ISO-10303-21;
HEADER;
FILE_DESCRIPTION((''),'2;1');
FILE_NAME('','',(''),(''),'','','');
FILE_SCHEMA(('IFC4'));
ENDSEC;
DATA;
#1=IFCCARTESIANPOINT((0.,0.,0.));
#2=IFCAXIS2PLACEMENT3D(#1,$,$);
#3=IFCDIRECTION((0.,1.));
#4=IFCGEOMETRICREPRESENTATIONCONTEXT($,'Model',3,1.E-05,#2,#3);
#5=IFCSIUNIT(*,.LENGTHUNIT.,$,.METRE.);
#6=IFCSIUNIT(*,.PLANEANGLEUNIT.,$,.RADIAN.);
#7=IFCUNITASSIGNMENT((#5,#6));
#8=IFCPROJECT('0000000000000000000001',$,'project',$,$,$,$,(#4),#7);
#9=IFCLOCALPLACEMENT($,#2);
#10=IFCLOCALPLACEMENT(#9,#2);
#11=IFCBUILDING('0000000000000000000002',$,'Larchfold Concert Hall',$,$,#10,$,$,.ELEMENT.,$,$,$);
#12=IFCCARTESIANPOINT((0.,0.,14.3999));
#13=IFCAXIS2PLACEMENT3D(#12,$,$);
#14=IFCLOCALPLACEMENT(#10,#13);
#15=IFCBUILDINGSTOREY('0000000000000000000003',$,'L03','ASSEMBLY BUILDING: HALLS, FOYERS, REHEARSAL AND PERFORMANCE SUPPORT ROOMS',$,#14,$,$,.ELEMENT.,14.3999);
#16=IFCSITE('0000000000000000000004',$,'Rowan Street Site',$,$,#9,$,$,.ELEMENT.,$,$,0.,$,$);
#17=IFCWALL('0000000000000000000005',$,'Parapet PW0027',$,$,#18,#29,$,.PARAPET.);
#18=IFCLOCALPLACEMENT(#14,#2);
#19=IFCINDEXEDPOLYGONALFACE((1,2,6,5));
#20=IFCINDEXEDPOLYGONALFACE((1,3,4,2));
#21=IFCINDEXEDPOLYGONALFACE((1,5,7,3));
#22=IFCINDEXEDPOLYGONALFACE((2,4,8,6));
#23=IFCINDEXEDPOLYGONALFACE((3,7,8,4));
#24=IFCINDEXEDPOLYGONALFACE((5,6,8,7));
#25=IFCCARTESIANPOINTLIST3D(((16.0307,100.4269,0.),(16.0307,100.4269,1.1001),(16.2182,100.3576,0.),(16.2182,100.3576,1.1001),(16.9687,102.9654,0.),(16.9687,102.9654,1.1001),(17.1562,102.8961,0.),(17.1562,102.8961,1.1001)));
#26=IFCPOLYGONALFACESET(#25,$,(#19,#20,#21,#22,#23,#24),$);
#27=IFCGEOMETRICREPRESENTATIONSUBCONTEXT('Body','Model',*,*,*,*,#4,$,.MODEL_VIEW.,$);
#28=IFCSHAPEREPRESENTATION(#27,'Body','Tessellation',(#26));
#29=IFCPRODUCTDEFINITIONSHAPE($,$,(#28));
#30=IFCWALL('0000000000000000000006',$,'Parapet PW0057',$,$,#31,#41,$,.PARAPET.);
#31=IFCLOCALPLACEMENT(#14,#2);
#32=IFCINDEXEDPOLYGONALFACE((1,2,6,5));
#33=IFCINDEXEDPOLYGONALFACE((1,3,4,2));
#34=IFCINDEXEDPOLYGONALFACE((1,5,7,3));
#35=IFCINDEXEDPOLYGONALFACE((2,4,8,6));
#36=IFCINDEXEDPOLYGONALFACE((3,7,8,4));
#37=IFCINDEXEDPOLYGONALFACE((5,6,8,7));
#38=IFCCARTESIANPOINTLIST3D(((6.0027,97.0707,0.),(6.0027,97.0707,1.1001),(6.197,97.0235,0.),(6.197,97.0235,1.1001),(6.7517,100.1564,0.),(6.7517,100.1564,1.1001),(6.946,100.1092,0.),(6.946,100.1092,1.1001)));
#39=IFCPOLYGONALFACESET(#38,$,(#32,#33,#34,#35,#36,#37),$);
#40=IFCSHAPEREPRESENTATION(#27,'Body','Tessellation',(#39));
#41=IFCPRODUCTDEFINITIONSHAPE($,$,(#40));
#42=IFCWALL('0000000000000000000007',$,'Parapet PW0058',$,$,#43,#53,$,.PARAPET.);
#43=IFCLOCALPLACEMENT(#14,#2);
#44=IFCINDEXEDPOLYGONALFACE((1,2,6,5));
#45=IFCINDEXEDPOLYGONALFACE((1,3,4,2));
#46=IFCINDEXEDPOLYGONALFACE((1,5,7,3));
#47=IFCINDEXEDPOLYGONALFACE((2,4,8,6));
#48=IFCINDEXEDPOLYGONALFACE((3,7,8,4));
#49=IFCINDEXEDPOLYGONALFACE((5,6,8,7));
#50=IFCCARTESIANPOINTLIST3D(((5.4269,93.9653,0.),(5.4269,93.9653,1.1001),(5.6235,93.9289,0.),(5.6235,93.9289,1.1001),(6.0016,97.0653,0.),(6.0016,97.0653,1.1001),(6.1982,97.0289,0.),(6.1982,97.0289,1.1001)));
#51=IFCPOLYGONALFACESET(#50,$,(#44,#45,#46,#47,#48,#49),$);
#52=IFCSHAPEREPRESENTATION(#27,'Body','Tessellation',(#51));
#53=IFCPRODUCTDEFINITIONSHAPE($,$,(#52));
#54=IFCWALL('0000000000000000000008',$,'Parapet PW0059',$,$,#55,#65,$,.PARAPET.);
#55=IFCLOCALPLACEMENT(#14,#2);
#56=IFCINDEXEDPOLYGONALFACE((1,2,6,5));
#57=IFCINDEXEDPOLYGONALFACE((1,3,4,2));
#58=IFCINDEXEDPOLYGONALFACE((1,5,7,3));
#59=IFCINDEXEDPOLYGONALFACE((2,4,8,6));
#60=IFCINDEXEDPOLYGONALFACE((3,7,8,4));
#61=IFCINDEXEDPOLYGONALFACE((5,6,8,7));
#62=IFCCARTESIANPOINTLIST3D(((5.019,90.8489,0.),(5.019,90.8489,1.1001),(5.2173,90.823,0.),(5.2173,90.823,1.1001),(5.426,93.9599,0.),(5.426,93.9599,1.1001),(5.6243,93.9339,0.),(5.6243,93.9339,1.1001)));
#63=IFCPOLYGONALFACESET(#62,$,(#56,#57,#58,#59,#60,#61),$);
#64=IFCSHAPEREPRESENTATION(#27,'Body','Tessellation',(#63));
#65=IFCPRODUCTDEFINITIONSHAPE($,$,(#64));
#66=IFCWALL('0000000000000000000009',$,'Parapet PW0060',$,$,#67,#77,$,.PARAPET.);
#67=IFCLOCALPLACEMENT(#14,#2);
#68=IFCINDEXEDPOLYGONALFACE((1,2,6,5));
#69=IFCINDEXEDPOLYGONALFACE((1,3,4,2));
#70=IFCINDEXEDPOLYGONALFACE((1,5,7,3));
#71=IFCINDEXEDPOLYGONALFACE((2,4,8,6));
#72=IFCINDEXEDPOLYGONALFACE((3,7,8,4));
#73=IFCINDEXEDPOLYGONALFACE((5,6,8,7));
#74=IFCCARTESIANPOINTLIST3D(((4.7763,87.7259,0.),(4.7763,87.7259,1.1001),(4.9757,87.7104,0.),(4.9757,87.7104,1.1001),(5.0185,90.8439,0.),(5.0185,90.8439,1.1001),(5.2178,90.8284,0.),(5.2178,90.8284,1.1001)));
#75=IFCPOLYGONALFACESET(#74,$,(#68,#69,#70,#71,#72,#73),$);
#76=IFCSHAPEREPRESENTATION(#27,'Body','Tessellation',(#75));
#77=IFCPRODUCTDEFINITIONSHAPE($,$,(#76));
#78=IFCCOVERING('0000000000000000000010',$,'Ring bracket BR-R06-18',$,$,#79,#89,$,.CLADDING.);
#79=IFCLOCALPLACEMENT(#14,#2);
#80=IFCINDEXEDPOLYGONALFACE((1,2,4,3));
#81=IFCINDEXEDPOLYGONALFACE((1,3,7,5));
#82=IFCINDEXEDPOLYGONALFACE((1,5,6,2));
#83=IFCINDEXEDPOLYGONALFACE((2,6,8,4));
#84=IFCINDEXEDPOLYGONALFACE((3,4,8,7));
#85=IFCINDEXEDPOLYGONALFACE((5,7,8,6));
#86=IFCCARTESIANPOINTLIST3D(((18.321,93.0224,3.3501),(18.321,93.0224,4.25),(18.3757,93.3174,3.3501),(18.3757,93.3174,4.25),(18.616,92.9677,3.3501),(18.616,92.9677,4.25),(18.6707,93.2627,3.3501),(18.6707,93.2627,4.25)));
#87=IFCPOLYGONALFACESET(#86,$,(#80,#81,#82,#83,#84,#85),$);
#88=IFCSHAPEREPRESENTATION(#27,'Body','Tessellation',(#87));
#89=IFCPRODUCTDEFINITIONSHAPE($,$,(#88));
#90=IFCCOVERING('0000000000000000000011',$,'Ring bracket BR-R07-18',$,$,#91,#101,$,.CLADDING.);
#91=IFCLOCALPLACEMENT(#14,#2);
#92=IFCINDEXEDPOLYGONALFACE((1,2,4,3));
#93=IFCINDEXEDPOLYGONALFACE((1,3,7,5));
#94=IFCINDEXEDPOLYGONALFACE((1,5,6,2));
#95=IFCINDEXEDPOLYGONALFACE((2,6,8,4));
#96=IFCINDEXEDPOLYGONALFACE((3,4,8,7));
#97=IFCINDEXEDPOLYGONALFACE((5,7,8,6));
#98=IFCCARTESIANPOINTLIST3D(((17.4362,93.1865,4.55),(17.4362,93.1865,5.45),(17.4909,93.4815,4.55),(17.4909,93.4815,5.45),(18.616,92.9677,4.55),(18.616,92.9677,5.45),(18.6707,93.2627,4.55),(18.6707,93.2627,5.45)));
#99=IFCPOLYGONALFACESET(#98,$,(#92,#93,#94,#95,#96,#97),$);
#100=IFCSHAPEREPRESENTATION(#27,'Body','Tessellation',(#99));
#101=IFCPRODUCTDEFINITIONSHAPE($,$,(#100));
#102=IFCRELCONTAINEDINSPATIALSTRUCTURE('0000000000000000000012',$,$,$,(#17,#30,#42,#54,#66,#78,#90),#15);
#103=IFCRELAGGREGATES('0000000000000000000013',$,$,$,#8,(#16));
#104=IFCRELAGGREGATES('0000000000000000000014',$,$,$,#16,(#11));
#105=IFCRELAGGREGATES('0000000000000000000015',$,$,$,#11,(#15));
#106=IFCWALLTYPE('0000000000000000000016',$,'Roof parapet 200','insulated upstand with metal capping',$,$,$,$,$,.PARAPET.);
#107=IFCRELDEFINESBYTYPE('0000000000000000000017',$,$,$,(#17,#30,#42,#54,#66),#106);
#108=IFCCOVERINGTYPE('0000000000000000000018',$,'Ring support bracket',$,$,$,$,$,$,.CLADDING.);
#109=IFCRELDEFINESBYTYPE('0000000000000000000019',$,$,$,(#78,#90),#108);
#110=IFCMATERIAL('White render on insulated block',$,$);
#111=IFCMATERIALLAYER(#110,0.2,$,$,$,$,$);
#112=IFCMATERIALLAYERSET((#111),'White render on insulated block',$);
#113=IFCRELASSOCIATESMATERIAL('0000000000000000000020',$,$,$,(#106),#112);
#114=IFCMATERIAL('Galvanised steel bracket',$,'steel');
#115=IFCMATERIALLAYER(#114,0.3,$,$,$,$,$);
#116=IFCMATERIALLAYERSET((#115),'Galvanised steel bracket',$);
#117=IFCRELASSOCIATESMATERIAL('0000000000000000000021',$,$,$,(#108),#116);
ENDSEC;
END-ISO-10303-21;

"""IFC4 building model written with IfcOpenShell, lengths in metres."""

from ifc_helpers import new_model, si_unit, direction, frame, frame_2d, origin, origin_2d, place, context, subcontext, project, spatial, rectangle, extrude, material, layer, layer_set, type_object, element, save


model = new_model("IFC4")

# Units and contexts
model_context = context("Model", 3, precision=1e-05, world=origin(), true_north=direction((0.0, 1.0)))
body_context = subcontext(model_context, "Body", "Model", "MODEL_VIEW")
ifc_project = project(units=[si_unit("LENGTHUNIT", "METRE"), si_unit("PLANEANGLEUNIT", "RADIAN")], contexts=[model_context])

# Site, building, storey
site_placement = place(None, origin())
site = spatial("IfcSite", under=ifc_project, at=site_placement, Name="Rowan Street Site", CompositionType="ELEMENT", RefElevation=0.0)
building_placement = place(site_placement, origin())
building = spatial("IfcBuilding", under=site, at=building_placement, Name="Larchfold Concert Hall", CompositionType="ELEMENT")
storey_placement = place(building_placement, frame((0.0, 0.0, 14.3999)))
storey = spatial("IfcBuildingStorey", under=building, at=storey_placement, Name="L03", Description="ASSEMBLY BUILDING: HALLS, FOYERS, REHEARSAL AND PERFORMANCE SUPPORT ROOMS", CompositionType="ELEMENT", Elevation=14.3999)

# Walls
ifc_material_1 = material(Name="White render on insulated block")
ifc_layer_1 = layer(ifc_material_1, 0.2)
ifc_layer_set_1 = layer_set([ifc_layer_1], Name="White render on insulated block")
wall_type_1 = type_object("IfcWallType", Name="Roof parapet 200", Description="insulated upstand with metal capping", PredefinedType="PARAPET", material=ifc_layer_set_1)
wall_1_placement = place(storey_placement, frame((16.1245, 100.3923, 0.0), z_axis=(0.0, 0.0, 1.0), x_axis=(0.346591, 0.938016, 0.0)))
element("IfcWall", 1, at=wall_1_placement, inside=storey, type_object=wall_type_1, Name="Parapet PW0027", PredefinedType="PARAPET", context=body_context, shape_type="SweptSolid", body=[
    extrude(rectangle(XDim=2.7063, YDim=0.2, at=frame_2d((1.353, 0.0))), origin(), (0.0, 0.0, 1.0), 1.1001),
])
wall_2_placement = place(storey_placement, frame((6.8489, 100.1328, 0.0), z_axis=(0.0, 0.0, 1.0), x_axis=(-0.23589, -0.97178, 0.0)))
element("IfcWall", 2, at=wall_2_placement, inside=storey, type_object=wall_type_1, Name="Parapet PW0057", PredefinedType="PARAPET", context=body_context, shape_type="SweptSolid", body=[
    extrude(rectangle(XDim=3.1753, YDim=0.2, at=frame_2d((1.5876, 0.0))), origin(), (0.0, 0.0, 1.0), 1.1001),
])
wall_3_placement = place(storey_placement, frame((6.0999, 97.0471, 0.0), z_axis=(0.0, 0.0, 1.0), x_axis=(-0.182278, -0.983247, 0.0)))
element("IfcWall", 3, at=wall_3_placement, inside=storey, type_object=wall_type_1, Name="Parapet PW0058", PredefinedType="PARAPET", context=body_context, shape_type="SweptSolid", body=[
    extrude(rectangle(XDim=3.1528, YDim=0.2, at=frame_2d((1.5764, 0.0))), origin(), (0.0, 0.0, 1.0), 1.1001),
])
wall_4_placement = place(storey_placement, frame((5.5251, 93.947, 0.0), z_axis=(0.0, 0.0, 1.0), x_axis=(-0.129722, -0.99155, 0.0)))
element("IfcWall", 4, at=wall_4_placement, inside=storey, type_object=wall_type_1, Name="Parapet PW0059", PredefinedType="PARAPET", context=body_context, shape_type="SweptSolid", body=[
    extrude(rectangle(XDim=3.1375, YDim=0.2, at=frame_2d((1.5688, 0.0))), origin(), (0.0, 0.0, 1.0), 1.1001),
])
wall_5_placement = place(storey_placement, frame((5.1182, 90.8362, 0.0), z_axis=(0.0, 0.0, 1.0), x_axis=(-0.077437, -0.996997, 0.0)))
element("IfcWall", 5, at=wall_5_placement, inside=storey, type_object=wall_type_1, Name="Parapet PW0060", PredefinedType="PARAPET", context=body_context, shape_type="SweptSolid", body=[
    extrude(rectangle(XDim=3.1274, YDim=0.2, at=frame_2d((1.5637, 0.0))), origin(), (0.0, 0.0, 1.0), 1.1001),
])

# Coverings
ifc_material_2 = material(Name="Galvanised steel bracket", Category="steel")
ifc_layer_2 = layer(ifc_material_2, 0.3)
ifc_layer_set_2 = layer_set([ifc_layer_2], Name="Galvanised steel bracket")
covering_type = type_object("IfcCoveringType", Name="Ring support bracket", PredefinedType="CLADDING", material=ifc_layer_set_2)
covering_1_placement = place(storey_placement, frame((18.4958, 93.1426, 3.3501), z_axis=(0.0, 0.0, 1.0), x_axis=(-0.983232, 0.182361, 0.0)))
element("IfcCovering", 6, at=covering_1_placement, inside=storey, type_object=covering_type, Name="Ring bracket BR-R06-18", PredefinedType="CLADDING", context=body_context, shape_type="SweptSolid", body=[
    extrude(rectangle(XDim=0.3, YDim=0.3, at=origin_2d()), origin(), (0.0, 0.0, 1.0), 0.8999),
])
covering_2_placement = place(storey_placement, frame((18.0535, 93.2246, 4.55), z_axis=(0.0, 0.0, 1.0), x_axis=(-0.983232, 0.182361, 0.0)))
element("IfcCovering", 7, at=covering_2_placement, inside=storey, type_object=covering_type, Name="Ring bracket BR-R07-18", PredefinedType="CLADDING", context=body_context, shape_type="SweptSolid", body=[
    extrude(rectangle(XDim=1.2, YDim=0.3, at=origin_2d()), origin(), (0.0, 0.0, 1.0), 0.8999),
])

save(model, "model.ifc")
